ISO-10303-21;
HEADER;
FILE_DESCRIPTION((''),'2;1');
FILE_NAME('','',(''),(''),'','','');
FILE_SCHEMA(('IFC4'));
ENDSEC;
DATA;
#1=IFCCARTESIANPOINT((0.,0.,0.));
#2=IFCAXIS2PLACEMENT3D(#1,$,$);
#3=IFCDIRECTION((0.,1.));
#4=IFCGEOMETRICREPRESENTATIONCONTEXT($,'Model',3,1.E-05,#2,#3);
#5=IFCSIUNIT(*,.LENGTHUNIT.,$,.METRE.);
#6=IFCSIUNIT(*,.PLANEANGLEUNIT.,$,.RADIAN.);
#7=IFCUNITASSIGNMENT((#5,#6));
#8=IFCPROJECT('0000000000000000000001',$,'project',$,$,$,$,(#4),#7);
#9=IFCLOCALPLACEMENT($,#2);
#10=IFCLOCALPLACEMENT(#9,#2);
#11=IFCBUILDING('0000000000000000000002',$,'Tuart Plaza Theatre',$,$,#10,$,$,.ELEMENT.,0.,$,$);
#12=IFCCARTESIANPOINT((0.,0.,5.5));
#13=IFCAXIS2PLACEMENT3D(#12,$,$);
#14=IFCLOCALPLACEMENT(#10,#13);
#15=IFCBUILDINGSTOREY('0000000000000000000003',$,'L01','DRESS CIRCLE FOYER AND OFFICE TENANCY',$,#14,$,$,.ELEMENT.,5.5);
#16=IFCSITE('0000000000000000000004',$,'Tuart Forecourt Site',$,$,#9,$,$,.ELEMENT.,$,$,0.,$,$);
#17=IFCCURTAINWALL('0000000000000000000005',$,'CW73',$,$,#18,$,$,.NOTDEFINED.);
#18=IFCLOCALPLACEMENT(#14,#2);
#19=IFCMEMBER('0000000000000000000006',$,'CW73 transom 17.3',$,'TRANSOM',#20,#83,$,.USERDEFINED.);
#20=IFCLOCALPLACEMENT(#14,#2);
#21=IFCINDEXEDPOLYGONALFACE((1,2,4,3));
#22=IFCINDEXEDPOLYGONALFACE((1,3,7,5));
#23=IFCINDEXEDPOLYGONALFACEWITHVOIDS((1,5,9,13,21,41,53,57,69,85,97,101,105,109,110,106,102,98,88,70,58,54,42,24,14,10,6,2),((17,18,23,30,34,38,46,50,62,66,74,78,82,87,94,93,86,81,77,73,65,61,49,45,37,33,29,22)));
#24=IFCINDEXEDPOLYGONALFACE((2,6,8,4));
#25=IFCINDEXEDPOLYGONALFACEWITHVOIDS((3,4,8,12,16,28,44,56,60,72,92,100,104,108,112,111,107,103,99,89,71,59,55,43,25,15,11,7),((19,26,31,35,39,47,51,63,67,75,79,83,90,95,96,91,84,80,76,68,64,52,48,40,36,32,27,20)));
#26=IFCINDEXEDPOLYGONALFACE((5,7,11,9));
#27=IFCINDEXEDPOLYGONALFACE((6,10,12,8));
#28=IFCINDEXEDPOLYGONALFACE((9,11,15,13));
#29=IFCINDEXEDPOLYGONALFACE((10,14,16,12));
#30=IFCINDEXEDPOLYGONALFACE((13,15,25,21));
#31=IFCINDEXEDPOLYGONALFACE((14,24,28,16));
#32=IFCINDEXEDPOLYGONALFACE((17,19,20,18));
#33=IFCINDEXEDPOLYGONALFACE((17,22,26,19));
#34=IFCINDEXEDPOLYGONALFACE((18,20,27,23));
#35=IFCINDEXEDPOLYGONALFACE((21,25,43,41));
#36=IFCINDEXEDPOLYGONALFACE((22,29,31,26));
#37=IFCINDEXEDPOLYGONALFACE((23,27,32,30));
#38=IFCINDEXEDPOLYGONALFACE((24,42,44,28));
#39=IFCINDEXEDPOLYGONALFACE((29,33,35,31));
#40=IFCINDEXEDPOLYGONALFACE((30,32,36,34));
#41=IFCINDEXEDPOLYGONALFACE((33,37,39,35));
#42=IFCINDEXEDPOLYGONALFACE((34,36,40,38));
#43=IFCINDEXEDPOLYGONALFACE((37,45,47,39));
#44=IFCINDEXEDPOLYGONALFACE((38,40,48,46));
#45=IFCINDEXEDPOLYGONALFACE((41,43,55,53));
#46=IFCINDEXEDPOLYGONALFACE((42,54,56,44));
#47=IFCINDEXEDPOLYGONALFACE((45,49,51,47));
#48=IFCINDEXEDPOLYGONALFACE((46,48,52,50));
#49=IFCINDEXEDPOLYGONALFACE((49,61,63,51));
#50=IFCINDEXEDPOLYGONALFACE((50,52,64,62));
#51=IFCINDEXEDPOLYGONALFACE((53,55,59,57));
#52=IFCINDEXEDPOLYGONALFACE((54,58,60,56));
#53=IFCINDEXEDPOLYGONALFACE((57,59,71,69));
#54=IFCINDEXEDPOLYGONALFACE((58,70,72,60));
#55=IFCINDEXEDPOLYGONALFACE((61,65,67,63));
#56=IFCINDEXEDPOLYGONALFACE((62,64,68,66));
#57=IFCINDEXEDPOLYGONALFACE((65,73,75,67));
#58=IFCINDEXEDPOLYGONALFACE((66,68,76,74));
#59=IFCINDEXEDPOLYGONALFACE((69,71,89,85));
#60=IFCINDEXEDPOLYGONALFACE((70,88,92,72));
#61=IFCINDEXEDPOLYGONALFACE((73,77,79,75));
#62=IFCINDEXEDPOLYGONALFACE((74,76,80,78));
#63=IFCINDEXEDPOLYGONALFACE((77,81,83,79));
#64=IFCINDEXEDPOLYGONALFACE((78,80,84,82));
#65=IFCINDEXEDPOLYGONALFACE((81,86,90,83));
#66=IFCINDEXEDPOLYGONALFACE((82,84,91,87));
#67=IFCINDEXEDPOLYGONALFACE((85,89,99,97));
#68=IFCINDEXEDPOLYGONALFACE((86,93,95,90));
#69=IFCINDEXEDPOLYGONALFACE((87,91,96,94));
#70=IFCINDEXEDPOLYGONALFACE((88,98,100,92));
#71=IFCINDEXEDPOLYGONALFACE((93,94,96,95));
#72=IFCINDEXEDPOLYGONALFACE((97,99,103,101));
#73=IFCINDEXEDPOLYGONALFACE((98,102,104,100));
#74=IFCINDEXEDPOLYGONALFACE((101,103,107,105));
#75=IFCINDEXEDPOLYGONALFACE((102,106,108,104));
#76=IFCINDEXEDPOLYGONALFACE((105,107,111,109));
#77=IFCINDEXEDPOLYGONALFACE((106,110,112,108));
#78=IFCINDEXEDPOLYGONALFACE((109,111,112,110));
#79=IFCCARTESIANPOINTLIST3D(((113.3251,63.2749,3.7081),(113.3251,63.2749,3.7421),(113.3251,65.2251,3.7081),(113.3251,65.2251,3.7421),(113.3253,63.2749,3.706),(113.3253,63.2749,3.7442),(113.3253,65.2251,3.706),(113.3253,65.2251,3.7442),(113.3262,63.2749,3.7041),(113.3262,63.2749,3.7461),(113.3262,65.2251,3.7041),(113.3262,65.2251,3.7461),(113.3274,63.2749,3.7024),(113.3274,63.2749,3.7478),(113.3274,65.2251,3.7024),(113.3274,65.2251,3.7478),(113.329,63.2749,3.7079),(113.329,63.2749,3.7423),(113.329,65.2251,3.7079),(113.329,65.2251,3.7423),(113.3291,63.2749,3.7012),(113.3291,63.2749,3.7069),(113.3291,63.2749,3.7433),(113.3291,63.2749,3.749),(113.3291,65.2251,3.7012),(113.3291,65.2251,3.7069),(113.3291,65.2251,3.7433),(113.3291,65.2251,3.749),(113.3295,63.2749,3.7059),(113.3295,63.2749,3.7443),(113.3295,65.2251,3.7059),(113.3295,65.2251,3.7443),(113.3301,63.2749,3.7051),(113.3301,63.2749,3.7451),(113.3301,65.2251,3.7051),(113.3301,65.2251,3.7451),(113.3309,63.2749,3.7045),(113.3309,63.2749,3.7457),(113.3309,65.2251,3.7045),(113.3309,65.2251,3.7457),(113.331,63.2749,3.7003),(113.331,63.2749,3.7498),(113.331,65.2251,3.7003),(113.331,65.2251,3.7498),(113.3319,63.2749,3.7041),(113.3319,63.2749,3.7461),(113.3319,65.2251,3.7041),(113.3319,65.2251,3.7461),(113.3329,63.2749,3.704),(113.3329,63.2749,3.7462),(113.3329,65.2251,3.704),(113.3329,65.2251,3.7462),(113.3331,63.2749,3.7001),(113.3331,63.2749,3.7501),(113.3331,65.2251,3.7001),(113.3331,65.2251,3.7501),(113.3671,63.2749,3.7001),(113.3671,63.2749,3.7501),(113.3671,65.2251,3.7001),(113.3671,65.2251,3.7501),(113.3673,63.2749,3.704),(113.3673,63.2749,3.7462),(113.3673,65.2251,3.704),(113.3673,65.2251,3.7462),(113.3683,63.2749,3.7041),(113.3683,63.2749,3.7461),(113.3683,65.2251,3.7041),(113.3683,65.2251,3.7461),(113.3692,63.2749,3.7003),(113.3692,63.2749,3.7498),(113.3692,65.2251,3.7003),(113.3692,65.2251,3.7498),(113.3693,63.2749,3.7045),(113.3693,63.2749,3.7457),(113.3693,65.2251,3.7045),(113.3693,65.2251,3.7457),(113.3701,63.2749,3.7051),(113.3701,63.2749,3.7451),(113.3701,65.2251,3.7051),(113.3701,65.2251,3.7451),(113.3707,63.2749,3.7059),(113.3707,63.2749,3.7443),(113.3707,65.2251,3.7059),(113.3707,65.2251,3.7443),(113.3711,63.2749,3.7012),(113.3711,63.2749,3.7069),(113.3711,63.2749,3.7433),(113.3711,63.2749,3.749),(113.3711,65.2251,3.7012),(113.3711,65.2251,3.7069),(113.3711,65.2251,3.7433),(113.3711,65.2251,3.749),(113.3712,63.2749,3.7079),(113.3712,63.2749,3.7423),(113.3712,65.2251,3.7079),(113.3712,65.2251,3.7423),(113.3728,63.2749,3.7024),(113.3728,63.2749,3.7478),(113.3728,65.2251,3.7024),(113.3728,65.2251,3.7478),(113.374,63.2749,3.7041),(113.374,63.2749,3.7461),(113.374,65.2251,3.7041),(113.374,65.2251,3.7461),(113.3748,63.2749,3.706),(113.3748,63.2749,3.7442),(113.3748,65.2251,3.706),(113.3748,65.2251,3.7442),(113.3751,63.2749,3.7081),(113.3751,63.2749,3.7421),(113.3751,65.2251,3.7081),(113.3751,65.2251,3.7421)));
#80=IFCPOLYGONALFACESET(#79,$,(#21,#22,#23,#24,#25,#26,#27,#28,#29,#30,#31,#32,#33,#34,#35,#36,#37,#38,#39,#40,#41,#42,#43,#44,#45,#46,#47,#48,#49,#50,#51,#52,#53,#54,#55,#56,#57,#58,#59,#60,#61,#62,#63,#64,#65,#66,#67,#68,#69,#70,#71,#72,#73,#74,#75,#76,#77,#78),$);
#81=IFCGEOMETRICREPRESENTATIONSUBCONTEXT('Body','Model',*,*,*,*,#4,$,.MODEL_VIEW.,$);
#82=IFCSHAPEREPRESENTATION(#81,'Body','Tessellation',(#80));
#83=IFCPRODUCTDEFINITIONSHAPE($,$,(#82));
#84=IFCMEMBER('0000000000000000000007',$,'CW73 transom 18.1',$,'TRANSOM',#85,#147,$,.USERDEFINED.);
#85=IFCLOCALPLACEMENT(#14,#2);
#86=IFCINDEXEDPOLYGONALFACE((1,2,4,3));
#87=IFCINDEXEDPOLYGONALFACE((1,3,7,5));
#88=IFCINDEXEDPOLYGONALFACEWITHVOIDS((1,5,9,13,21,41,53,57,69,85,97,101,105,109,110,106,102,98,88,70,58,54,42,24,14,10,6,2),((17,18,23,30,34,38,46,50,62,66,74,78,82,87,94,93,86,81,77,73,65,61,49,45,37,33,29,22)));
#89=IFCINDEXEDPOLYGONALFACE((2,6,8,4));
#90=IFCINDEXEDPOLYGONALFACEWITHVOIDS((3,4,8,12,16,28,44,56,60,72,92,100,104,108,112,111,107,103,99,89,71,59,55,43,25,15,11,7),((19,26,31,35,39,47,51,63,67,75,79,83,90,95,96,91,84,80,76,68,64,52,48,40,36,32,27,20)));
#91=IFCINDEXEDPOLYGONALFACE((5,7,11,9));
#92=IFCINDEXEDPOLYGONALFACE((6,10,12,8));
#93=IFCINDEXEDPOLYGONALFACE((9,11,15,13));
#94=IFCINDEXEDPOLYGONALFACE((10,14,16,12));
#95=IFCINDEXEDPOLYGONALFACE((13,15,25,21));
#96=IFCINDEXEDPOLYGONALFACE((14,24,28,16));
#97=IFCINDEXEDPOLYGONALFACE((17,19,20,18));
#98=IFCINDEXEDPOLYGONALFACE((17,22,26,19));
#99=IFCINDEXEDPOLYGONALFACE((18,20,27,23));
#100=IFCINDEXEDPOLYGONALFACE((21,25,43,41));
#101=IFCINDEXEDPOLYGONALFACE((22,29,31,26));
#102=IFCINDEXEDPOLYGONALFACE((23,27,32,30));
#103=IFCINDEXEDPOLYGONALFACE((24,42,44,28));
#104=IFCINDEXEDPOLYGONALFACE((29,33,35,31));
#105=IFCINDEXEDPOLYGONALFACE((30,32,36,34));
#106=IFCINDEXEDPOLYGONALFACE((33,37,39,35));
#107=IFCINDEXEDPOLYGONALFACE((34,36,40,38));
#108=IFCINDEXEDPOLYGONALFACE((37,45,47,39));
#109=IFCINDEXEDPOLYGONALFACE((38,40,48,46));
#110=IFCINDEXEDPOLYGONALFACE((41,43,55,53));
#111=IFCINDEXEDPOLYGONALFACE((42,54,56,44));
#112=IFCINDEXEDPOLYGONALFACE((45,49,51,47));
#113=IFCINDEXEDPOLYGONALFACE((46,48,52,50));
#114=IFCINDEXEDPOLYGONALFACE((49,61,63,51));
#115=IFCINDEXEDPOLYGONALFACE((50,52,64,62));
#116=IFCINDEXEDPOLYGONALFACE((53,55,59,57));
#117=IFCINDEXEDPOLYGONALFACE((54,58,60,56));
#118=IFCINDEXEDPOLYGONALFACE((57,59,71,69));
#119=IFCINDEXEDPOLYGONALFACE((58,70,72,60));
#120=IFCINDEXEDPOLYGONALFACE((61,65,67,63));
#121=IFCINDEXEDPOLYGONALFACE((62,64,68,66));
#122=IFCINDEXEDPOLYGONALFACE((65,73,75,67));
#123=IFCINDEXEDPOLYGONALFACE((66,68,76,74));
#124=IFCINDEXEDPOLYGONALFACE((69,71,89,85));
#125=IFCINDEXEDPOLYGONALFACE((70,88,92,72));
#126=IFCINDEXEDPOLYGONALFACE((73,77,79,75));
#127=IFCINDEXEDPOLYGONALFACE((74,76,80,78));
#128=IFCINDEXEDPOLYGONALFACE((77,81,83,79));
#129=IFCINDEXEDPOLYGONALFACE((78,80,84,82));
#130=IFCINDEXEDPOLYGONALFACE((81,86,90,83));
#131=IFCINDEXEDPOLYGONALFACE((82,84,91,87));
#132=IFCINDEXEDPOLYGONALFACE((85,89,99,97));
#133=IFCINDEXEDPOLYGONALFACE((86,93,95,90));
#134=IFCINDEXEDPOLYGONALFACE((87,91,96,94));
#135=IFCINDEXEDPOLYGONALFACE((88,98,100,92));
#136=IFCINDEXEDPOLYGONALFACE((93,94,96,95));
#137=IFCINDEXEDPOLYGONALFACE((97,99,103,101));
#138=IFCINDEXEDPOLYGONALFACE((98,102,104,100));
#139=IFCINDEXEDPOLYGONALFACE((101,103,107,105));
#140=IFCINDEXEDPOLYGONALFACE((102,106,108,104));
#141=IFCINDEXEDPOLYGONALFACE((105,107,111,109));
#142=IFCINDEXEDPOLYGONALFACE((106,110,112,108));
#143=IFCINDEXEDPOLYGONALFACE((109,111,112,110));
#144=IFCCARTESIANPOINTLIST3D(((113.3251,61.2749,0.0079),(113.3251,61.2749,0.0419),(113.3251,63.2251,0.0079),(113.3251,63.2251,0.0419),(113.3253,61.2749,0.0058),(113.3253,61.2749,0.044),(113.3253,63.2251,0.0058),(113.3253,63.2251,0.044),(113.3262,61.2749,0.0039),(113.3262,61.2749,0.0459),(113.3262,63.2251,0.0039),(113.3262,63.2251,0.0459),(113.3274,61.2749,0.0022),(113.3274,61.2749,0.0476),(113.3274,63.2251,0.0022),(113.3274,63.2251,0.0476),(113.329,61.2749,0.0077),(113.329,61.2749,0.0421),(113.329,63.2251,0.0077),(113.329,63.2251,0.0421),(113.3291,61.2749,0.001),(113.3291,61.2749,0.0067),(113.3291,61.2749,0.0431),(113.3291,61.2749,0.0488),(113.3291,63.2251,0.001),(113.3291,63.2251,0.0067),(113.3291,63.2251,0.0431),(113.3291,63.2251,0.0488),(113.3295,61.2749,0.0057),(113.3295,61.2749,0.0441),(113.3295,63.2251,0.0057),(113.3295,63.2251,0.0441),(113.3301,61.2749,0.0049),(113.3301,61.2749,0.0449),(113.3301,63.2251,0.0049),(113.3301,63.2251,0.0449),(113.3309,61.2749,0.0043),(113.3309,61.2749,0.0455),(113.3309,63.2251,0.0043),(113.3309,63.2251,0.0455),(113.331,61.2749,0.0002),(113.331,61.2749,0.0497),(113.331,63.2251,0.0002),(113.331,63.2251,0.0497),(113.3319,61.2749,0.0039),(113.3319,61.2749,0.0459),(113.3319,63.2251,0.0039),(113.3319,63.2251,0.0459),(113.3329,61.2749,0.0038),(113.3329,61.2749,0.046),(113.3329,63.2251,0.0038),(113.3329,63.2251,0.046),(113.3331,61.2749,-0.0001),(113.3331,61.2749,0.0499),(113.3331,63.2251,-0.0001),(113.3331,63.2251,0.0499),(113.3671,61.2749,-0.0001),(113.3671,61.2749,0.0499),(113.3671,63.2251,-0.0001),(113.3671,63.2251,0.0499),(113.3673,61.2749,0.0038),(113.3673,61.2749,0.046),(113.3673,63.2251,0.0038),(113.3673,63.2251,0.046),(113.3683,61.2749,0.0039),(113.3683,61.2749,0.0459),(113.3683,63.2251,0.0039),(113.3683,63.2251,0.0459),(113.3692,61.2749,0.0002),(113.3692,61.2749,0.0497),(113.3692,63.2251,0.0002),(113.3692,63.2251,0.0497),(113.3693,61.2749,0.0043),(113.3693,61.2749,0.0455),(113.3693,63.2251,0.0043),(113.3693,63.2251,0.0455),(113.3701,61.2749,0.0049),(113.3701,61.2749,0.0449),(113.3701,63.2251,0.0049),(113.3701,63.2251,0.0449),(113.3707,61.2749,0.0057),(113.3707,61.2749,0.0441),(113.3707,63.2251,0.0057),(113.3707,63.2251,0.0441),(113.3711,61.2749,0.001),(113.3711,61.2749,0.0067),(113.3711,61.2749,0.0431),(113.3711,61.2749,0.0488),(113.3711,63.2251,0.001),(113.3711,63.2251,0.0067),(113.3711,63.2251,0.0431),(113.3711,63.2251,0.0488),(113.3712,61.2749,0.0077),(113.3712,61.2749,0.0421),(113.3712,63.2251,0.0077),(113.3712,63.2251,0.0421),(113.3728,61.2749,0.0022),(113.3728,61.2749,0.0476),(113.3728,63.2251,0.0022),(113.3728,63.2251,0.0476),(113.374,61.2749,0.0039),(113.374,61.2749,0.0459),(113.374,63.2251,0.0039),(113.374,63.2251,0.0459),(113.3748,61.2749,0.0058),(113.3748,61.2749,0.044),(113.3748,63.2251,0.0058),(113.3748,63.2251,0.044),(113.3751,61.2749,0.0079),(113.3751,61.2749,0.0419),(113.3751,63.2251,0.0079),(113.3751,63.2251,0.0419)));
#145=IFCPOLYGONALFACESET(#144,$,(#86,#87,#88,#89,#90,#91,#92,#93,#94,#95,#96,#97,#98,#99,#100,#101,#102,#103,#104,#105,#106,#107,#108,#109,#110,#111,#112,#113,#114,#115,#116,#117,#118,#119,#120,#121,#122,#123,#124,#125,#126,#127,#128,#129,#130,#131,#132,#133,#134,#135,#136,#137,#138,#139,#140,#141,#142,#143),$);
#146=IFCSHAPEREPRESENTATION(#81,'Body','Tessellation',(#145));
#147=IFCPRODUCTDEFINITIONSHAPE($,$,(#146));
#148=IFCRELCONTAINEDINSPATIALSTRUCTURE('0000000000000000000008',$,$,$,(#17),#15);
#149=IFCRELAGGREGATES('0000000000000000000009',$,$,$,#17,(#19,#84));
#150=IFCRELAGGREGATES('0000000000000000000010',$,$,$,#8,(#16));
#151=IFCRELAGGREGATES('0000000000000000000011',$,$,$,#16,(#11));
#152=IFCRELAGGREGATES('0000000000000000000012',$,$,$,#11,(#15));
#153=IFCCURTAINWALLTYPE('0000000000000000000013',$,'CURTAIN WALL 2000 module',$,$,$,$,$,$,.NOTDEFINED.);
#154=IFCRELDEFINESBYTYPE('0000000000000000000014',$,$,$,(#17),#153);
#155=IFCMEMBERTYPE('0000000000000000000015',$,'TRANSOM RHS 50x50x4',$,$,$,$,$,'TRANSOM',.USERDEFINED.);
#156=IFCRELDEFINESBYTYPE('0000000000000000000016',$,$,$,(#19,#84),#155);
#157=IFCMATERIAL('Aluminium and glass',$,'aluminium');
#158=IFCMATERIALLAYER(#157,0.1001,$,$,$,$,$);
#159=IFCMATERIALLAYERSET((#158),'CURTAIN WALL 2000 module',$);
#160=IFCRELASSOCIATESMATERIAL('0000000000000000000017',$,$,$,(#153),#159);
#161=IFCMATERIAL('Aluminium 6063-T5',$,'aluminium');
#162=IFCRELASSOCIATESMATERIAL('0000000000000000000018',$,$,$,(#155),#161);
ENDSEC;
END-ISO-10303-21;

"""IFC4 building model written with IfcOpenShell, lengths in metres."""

from ifc_helpers import new_model, si_unit, direction, frame, origin, origin_2d, place, context, subcontext, project, spatial, hollow_rectangle, extrude, material, layer, layer_set, material_profile, profile_set, type_object, element, aggregate, save


model = new_model("IFC4")

# Units and contexts
model_context = context("Model", 3, precision=1e-05, world=origin(), true_north=direction((0.0, 1.0)))
body_context = subcontext(model_context, "Body", "Model", "MODEL_VIEW")
ifc_project = project(units=[si_unit("LENGTHUNIT", "METRE"), si_unit("PLANEANGLEUNIT", "RADIAN")], contexts=[model_context])

# Site, building, storey
site_placement = place(None, origin())
site = spatial("IfcSite", under=ifc_project, at=site_placement, Name="Tuart Forecourt Site", CompositionType="ELEMENT", RefElevation=0.0)
building_placement = place(site_placement, origin())
building = spatial("IfcBuilding", under=site, at=building_placement, Name="Tuart Plaza Theatre", CompositionType="ELEMENT", ElevationOfRefHeight=0.0)
storey_placement = place(building_placement, frame((0.0, 0.0, 5.5)))
storey = spatial("IfcBuildingStorey", under=building, at=storey_placement, Name="L01", Description="DRESS CIRCLE FOYER AND OFFICE TENANCY", CompositionType="ELEMENT", Elevation=5.5)

# Curtain wall, members
ifc_material_1 = material(Name="Aluminium and glass", Category="aluminium")
ifc_layer_1 = layer(ifc_material_1, 0.1001)
ifc_layer_set_1 = layer_set([ifc_layer_1], Name="CURTAIN WALL 2000 module")
curtain_wall_type = type_object("IfcCurtainWallType", Name="CURTAIN WALL 2000 module", PredefinedType="NOTDEFINED", material=ifc_layer_set_1)
curtain_wall_placement = place(storey_placement, origin())
curtain_wall = element("IfcCurtainWall", 1, at=curtain_wall_placement, inside=storey, type_object=curtain_wall_type, Name="CW73", PredefinedType="NOTDEFINED")
ifc_material_2 = material(Name="Aluminium 6063-T5", Category="aluminium")
ifc_material_profile_1 = material_profile(ifc_material_2, hollow_rectangle(XDim=0.05, YDim=0.05, WallThickness=0.0039, InnerFilletRadius=0.0039, OuterFilletRadius=0.0081, at=origin_2d()), Name="RHS 50x50x4")
ifc_profile_set_1 = profile_set([ifc_material_profile_1], Name="Aluminium 6063-T5")
member_type_1 = type_object("IfcMemberType", Name="TRANSOM RHS 50x50x4", ElementType="TRANSOM", PredefinedType="USERDEFINED", material=ifc_profile_set_1)
member_1_placement = place(storey_placement, frame((113.3501, 65.2251, 3.7251), z_axis=(0.0, -1.0, 0.0), x_axis=(1.0, 0.0, 0.0)))
member_1 = element("IfcMember", 2, at=member_1_placement, type_object=member_type_1, Name="CW73 transom 17.3", ObjectType="TRANSOM", PredefinedType="USERDEFINED", context=body_context, shape_type="SweptSolid", body=[
    extrude(hollow_rectangle(XDim=0.05, YDim=0.05, WallThickness=0.0039, InnerFilletRadius=0.0039, OuterFilletRadius=0.0081, at=origin_2d()), origin(), (0.0, 0.0, 1.0), 1.9502),
])
member_2_placement = place(storey_placement, frame((113.3501, 63.2251, 0.0249), z_axis=(0.0, -1.0, 0.0), x_axis=(1.0, 0.0, 0.0)))
member_2 = element("IfcMember", 3, at=member_2_placement, type_object=member_type_1, Name="CW73 transom 18.1", ObjectType="TRANSOM", PredefinedType="USERDEFINED", context=body_context, shape_type="SweptSolid", body=[
    extrude(hollow_rectangle(XDim=0.05, YDim=0.05, WallThickness=0.0039, InnerFilletRadius=0.0039, OuterFilletRadius=0.0081, at=origin_2d()), origin(), (0.0, 0.0, 1.0), 1.9502),
])
aggregate(curtain_wall, [member_1, member_2])

save(model, "model.ifc")
